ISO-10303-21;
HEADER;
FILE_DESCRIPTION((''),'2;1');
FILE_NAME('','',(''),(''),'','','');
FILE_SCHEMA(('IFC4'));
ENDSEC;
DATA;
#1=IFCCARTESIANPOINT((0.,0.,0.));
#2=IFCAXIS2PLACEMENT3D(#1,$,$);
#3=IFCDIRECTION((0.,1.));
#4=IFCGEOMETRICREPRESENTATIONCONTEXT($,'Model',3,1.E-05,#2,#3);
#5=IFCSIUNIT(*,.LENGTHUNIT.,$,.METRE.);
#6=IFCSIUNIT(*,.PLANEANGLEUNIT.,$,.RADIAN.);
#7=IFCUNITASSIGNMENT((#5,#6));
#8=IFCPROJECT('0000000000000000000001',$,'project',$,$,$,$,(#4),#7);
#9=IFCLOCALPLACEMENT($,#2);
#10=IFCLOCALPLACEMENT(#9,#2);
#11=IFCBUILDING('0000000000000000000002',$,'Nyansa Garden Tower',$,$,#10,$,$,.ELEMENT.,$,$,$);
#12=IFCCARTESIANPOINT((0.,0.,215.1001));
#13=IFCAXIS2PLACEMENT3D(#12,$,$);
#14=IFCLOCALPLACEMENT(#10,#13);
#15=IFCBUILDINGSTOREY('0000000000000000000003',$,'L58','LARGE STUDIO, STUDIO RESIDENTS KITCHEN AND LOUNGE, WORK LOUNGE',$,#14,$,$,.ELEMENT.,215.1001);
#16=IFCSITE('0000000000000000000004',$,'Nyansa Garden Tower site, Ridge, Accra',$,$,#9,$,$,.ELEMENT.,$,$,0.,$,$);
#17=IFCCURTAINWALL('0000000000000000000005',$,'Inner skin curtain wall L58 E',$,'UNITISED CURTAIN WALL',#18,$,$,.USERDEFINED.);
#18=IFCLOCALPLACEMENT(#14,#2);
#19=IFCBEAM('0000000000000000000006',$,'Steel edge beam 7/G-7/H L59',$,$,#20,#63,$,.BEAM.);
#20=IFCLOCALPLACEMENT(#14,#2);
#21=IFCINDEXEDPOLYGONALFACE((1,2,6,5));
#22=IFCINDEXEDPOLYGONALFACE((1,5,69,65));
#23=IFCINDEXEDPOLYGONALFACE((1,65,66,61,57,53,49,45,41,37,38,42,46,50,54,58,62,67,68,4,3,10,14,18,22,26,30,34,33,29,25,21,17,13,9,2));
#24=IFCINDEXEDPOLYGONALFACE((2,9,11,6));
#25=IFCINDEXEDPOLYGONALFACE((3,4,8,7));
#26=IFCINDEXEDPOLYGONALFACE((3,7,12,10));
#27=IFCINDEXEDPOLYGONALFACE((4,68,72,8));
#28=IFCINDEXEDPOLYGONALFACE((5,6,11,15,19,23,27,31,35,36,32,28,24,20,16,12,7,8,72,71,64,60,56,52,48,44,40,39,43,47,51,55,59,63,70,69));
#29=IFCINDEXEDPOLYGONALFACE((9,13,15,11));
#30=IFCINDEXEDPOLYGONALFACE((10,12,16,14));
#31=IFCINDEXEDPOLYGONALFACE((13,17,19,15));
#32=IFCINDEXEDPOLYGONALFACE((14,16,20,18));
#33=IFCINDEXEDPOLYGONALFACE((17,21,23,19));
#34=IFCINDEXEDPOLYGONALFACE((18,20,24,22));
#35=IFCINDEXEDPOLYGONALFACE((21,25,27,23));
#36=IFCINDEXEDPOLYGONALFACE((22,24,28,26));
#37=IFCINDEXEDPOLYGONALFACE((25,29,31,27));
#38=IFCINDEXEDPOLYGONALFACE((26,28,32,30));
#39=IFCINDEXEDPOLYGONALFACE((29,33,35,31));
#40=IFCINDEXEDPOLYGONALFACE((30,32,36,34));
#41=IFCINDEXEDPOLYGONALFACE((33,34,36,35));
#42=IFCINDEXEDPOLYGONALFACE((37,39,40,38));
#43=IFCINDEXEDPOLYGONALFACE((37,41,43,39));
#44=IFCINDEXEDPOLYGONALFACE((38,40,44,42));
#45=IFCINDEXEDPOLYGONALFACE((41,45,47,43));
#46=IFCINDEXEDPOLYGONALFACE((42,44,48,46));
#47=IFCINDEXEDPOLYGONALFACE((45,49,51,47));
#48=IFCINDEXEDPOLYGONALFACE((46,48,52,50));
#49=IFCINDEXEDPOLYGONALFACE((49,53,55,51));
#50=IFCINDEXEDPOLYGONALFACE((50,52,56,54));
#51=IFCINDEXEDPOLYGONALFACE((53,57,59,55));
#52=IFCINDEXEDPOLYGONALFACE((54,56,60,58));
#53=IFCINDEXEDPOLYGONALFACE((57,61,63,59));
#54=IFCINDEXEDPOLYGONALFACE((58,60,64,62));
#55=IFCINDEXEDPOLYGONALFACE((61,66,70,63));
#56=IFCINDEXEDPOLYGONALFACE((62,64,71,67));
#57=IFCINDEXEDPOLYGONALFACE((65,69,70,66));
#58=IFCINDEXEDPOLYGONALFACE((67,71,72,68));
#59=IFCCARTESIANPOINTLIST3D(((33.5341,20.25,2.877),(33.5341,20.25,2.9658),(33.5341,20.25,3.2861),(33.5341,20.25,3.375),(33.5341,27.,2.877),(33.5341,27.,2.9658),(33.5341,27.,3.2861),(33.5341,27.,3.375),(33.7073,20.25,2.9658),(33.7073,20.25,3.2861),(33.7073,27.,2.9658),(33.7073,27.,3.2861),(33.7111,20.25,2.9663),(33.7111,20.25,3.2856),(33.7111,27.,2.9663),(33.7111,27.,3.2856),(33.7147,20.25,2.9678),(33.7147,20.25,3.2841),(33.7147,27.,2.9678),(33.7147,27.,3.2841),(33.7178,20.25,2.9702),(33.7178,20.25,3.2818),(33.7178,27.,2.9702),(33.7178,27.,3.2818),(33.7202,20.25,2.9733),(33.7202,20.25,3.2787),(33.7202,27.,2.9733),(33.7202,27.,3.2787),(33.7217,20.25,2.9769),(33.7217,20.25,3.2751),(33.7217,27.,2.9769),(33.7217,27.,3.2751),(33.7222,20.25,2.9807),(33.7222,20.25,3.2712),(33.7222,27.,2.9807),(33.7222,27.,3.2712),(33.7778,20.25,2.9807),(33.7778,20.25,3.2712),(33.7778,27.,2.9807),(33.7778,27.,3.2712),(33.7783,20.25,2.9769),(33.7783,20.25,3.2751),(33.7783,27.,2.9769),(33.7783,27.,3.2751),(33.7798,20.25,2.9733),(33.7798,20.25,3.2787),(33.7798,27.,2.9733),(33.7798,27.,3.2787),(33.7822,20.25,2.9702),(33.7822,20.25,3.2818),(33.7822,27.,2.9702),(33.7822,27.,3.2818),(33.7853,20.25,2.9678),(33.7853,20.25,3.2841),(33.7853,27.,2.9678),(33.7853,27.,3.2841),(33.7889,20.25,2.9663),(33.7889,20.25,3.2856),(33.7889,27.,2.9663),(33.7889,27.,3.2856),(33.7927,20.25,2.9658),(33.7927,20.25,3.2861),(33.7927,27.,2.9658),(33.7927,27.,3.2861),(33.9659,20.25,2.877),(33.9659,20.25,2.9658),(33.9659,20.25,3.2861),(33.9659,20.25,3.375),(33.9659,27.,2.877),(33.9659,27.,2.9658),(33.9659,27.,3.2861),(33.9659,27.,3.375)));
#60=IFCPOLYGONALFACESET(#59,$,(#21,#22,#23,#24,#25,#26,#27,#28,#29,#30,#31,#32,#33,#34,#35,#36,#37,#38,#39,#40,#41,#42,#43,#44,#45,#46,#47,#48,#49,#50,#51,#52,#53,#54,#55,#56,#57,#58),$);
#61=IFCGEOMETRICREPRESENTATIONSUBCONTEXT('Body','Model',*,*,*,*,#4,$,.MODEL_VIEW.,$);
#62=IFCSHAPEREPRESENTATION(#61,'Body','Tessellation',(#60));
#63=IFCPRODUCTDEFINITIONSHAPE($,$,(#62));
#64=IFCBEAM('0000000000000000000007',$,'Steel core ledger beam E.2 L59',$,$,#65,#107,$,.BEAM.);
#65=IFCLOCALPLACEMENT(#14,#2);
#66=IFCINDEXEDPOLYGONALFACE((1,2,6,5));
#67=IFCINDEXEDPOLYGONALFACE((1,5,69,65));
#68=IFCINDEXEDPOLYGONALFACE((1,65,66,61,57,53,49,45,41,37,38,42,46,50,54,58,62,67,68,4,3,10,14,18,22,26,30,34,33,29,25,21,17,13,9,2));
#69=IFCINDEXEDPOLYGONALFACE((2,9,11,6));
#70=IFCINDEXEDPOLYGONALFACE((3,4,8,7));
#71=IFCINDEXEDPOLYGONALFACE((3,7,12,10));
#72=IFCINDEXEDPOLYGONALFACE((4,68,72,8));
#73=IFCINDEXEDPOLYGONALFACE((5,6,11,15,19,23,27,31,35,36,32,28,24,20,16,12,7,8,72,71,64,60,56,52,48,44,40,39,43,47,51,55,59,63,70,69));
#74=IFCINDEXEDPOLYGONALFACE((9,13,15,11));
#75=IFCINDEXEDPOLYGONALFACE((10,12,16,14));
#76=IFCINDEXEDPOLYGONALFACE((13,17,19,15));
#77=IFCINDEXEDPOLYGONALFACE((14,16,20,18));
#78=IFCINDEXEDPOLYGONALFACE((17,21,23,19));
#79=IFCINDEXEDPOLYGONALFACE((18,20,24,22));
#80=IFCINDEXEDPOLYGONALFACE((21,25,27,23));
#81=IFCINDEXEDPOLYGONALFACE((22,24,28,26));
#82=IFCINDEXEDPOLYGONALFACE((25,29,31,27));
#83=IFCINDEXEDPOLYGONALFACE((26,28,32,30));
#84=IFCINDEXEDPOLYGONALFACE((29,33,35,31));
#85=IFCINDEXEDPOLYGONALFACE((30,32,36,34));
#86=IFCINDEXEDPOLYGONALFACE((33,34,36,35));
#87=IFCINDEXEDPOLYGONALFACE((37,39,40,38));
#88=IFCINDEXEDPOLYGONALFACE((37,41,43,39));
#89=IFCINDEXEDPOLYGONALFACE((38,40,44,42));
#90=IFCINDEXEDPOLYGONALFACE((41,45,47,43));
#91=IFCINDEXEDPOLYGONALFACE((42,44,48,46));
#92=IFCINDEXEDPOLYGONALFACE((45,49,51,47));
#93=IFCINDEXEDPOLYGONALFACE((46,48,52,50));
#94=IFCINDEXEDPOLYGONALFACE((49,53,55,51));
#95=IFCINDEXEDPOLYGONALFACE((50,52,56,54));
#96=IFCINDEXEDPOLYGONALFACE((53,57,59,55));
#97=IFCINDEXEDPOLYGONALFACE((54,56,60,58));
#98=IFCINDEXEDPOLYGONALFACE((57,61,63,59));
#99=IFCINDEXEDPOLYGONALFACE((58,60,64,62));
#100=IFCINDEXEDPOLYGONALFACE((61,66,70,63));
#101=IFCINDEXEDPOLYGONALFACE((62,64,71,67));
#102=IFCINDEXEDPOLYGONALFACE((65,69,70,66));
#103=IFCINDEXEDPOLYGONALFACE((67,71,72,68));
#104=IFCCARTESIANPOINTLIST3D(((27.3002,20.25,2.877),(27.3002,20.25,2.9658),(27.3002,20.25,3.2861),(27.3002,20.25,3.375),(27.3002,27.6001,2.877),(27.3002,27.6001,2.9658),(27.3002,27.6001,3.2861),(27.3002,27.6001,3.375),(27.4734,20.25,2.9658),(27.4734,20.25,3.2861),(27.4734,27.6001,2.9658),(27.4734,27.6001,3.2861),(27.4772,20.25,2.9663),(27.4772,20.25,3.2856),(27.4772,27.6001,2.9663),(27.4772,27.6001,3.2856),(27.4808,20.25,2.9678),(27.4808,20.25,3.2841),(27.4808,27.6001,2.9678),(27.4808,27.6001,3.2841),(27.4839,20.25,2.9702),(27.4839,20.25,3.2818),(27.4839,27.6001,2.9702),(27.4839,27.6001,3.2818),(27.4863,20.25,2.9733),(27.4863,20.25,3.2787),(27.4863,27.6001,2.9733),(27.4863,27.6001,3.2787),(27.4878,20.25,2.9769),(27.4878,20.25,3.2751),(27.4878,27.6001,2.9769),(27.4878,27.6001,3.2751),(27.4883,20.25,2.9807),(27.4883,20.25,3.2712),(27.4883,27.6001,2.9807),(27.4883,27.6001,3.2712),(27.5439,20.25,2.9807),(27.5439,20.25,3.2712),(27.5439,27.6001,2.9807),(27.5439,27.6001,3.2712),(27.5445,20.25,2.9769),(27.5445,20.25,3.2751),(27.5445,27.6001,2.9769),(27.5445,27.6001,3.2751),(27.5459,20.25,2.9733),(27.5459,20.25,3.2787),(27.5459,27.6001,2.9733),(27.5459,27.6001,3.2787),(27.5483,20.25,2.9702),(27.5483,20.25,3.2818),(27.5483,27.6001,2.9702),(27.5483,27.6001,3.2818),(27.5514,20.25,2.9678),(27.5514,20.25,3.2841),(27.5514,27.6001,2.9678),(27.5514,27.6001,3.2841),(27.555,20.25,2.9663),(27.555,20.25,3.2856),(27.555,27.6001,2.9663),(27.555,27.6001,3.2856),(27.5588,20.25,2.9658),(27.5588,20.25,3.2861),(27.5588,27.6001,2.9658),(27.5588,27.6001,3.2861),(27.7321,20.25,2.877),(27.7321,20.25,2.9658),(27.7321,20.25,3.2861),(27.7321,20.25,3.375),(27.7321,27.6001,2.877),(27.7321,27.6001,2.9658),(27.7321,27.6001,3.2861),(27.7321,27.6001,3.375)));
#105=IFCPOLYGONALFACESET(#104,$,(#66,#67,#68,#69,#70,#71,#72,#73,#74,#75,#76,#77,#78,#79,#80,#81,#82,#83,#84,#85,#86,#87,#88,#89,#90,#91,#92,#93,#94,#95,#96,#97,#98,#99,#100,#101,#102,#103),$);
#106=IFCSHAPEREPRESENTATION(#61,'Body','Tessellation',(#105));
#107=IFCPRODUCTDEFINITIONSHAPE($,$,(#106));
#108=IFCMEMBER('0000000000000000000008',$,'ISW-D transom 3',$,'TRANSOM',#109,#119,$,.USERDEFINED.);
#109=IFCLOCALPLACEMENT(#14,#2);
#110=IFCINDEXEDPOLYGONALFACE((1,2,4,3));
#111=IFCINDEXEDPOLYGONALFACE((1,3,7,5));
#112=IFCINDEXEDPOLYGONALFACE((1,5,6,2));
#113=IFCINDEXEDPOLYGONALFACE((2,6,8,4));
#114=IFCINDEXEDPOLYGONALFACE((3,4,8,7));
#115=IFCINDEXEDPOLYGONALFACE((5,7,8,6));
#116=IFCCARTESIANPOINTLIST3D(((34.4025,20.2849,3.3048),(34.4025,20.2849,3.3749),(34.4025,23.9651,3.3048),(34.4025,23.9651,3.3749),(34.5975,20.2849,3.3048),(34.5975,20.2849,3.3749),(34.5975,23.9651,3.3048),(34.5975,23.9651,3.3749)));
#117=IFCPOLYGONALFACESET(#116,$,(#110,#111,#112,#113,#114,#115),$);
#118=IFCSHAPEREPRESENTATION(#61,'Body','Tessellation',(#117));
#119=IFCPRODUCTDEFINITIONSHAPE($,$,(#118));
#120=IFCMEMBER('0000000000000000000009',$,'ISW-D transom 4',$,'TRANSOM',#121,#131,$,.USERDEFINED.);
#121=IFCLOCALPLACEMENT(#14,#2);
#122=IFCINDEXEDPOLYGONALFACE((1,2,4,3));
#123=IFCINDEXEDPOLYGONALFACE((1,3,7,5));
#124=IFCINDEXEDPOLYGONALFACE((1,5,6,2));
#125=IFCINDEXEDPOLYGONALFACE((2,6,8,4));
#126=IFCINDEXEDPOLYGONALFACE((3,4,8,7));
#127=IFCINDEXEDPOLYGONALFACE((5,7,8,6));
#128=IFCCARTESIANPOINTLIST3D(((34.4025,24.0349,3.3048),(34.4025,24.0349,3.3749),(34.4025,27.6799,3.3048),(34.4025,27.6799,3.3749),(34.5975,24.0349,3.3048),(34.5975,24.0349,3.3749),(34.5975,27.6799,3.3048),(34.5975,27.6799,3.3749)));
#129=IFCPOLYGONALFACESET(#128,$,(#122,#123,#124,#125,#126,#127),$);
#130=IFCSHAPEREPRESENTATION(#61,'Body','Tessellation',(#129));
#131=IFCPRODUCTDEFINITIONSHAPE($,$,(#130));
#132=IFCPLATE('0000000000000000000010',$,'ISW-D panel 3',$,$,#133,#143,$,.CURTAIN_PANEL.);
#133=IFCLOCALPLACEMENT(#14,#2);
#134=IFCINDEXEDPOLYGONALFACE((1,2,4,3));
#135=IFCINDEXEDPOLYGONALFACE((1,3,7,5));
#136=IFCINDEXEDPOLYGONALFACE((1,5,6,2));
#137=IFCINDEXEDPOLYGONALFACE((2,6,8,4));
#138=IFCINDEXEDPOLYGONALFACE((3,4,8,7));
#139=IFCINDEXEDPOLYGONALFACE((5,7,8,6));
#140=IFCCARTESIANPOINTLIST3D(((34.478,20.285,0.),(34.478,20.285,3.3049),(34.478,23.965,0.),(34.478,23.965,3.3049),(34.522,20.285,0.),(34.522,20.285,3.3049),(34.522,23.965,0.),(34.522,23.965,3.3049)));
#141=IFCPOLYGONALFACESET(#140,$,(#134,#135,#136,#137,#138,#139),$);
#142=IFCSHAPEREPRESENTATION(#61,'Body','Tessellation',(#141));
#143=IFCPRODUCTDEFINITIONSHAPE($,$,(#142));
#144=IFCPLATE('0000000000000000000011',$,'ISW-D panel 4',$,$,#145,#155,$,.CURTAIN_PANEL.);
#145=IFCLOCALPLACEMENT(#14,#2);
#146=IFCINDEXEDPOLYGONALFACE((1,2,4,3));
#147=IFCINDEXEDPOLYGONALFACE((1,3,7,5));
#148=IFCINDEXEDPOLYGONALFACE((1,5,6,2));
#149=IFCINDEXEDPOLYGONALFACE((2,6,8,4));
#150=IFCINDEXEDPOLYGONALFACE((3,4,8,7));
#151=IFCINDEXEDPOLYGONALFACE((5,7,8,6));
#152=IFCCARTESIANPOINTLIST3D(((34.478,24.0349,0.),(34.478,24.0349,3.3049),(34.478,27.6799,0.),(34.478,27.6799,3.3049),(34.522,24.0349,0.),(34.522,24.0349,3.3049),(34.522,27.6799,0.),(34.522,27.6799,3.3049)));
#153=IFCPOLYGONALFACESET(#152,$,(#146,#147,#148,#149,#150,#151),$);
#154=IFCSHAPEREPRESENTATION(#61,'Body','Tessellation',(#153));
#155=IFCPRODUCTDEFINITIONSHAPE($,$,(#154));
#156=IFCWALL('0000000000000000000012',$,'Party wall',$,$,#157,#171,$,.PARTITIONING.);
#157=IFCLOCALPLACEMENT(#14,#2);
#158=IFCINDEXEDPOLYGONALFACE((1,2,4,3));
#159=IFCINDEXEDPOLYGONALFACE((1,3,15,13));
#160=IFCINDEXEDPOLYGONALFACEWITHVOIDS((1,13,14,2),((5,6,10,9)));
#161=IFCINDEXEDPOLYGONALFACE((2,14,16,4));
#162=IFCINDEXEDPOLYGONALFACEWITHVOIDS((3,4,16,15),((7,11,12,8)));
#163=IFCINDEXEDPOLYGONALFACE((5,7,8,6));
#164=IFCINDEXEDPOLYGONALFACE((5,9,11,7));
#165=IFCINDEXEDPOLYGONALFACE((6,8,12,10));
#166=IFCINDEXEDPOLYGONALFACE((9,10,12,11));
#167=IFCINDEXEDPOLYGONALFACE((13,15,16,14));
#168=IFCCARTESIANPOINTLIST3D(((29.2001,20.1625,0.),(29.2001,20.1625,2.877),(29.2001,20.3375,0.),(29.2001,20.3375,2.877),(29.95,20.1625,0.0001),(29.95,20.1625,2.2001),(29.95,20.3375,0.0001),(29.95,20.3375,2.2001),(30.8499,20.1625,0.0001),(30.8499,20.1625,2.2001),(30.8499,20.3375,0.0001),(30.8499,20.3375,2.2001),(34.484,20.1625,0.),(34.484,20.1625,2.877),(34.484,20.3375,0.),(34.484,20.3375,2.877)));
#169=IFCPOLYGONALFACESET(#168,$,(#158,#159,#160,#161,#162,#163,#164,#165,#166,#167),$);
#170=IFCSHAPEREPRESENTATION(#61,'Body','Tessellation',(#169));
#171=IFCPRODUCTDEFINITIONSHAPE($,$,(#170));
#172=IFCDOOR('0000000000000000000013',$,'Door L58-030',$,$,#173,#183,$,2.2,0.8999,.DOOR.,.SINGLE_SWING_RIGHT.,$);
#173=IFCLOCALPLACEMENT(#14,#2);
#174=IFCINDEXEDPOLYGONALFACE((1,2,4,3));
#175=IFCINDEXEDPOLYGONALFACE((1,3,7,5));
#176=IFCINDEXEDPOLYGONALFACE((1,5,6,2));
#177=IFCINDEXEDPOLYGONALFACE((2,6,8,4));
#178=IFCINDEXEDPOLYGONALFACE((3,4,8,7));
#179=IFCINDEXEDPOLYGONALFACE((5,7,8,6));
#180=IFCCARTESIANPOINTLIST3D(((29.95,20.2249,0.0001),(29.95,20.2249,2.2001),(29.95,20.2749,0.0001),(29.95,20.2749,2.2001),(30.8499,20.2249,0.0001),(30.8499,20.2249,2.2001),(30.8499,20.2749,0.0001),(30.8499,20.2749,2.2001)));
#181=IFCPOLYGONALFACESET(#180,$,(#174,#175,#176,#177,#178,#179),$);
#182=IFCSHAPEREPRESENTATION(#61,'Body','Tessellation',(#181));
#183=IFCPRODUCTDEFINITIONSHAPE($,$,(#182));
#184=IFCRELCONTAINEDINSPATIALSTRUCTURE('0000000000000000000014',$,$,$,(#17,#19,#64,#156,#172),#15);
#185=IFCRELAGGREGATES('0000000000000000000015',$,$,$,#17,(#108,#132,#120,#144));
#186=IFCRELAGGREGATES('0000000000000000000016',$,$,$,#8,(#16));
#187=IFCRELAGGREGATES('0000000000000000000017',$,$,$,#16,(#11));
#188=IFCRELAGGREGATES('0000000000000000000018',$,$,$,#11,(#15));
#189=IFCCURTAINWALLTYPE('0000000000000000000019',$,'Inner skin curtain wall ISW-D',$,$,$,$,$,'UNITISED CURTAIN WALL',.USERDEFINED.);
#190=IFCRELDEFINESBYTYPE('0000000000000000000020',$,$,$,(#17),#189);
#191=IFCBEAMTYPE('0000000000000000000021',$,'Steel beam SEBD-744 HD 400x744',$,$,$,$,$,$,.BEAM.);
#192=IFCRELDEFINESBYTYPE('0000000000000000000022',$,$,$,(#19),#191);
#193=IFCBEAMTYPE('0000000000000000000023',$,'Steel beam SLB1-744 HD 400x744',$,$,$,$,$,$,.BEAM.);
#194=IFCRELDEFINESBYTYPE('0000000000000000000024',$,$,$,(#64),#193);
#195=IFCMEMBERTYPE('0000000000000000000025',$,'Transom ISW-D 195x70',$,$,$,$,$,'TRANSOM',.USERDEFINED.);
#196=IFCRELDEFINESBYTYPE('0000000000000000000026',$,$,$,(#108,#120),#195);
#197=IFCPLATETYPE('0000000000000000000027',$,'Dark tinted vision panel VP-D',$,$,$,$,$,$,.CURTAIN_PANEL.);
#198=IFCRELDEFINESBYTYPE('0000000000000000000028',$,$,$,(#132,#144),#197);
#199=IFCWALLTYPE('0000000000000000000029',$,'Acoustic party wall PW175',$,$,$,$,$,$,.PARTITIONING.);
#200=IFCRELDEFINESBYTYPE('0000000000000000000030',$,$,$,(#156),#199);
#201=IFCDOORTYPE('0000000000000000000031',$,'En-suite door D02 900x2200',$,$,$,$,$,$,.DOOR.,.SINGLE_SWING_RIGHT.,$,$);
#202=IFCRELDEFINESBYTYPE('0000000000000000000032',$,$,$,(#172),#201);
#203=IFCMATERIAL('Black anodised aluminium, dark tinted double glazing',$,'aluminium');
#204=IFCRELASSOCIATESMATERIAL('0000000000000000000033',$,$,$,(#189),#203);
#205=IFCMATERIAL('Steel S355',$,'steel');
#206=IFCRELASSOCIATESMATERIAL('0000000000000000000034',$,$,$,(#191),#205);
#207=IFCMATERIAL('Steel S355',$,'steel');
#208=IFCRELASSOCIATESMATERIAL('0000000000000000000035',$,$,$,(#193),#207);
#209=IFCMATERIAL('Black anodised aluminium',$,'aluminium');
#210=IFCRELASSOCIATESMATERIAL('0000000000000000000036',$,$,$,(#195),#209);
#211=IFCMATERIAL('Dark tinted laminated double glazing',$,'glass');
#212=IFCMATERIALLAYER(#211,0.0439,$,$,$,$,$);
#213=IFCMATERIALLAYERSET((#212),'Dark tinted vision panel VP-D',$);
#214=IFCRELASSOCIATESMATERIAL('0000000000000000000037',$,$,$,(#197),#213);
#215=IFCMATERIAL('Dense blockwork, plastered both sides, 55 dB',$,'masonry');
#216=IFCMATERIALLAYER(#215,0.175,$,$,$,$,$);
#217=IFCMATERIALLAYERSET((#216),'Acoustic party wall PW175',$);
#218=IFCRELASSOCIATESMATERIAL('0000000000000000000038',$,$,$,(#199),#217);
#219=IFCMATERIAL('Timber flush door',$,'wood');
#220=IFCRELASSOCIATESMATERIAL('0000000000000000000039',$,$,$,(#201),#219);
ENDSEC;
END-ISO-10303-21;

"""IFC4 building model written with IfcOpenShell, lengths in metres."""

from ifc_helpers import new_model, si_unit, direction, frame, frame_2d, origin, origin_2d, place, context, subcontext, project, spatial, rectangle, i_section, extrude, material, layer, layer_set, material_profile, profile_set, type_object, element, fill, aggregate, save


model = new_model("IFC4")

# Units and contexts
model_context = context("Model", 3, precision=1e-05, world=origin(), true_north=direction((0.0, 1.0)))
body_context = subcontext(model_context, "Body", "Model", "MODEL_VIEW")
ifc_project = project(units=[si_unit("LENGTHUNIT", "METRE"), si_unit("PLANEANGLEUNIT", "RADIAN")], contexts=[model_context])

# Site, building, storey
site_placement = place(None, origin())
site = spatial("IfcSite", under=ifc_project, at=site_placement, Name="Nyansa Garden Tower site, Ridge, Accra", CompositionType="ELEMENT", RefElevation=0.0)
building_placement = place(site_placement, origin())
building = spatial("IfcBuilding", under=site, at=building_placement, Name="Nyansa Garden Tower", CompositionType="ELEMENT")
storey_placement = place(building_placement, frame((0.0, 0.0, 215.1001)))
storey = spatial("IfcBuildingStorey", under=building, at=storey_placement, Name="L58", Description="LARGE STUDIO, STUDIO RESIDENTS KITCHEN AND LOUNGE, WORK LOUNGE", CompositionType="ELEMENT", Elevation=215.1001)

# Curtain wall
ifc_material_1 = material(Name="Black anodised aluminium, dark tinted double glazing", Category="aluminium")
curtain_wall_type = type_object("IfcCurtainWallType", Name="Inner skin curtain wall ISW-D", ElementType="UNITISED CURTAIN WALL", PredefinedType="USERDEFINED", material=ifc_material_1)
curtain_wall_placement = place(storey_placement, origin())
curtain_wall = element("IfcCurtainWall", 1, at=curtain_wall_placement, inside=storey, type_object=curtain_wall_type, Name="Inner skin curtain wall L58 E", ObjectType="UNITISED CURTAIN WALL", PredefinedType="USERDEFINED")

# Beams
ifc_material_2 = material(Name="Steel S355", Category="steel")
ifc_material_profile_1 = material_profile(ifc_material_2, i_section(OverallWidth=0.4319, OverallDepth=0.498, WebThickness=0.0557, FlangeThickness=0.0889, FilletRadius=0.0149, at=origin_2d()), Name="HD 400x744")
ifc_profile_set_1 = profile_set([ifc_material_profile_1], Name="Steel S355")
beam_type_1 = type_object("IfcBeamType", Name="Steel beam SEBD-744 HD 400x744", PredefinedType="BEAM", material=ifc_profile_set_1)
beam_1_placement = place(storey_placement, frame((33.75, 20.25, 3.126), z_axis=(0.0, 1.0, 0.0), x_axis=(-1.0, 0.0, 0.0)))
element("IfcBeam", 2, at=beam_1_placement, inside=storey, type_object=beam_type_1, Name="Steel edge beam 7/G-7/H L59", PredefinedType="BEAM", context=body_context, shape_type="SweptSolid", body=[
    extrude(i_section(OverallWidth=0.4319, OverallDepth=0.498, WebThickness=0.0557, FlangeThickness=0.0889, FilletRadius=0.0149, at=origin_2d()), origin(), (0.0, 0.0, 1.0), 6.75),
])
ifc_material_3 = material(Name="Steel S355", Category="steel")
ifc_material_profile_2 = material_profile(ifc_material_3, i_section(OverallWidth=0.4319, OverallDepth=0.498, WebThickness=0.0557, FlangeThickness=0.0889, FilletRadius=0.0149, at=origin_2d()), Name="HD 400x744")
ifc_profile_set_2 = profile_set([ifc_material_profile_2], Name="Steel S355")
beam_type_2 = type_object("IfcBeamType", Name="Steel beam SLB1-744 HD 400x744", PredefinedType="BEAM", material=ifc_profile_set_2)
beam_2_placement = place(storey_placement, frame((27.5161, 20.25, 3.126), z_axis=(0.0, 1.0, 0.0), x_axis=(-1.0, 0.0, 0.0)))
element("IfcBeam", 3, at=beam_2_placement, inside=storey, type_object=beam_type_2, Name="Steel core ledger beam E.2 L59", PredefinedType="BEAM", context=body_context, shape_type="SweptSolid", body=[
    extrude(i_section(OverallWidth=0.4319, OverallDepth=0.498, WebThickness=0.0557, FlangeThickness=0.0889, FilletRadius=0.0149, at=origin_2d()), origin(), (0.0, 0.0, 1.0), 7.3501),
])

# Members
ifc_material_4 = material(Name="Black anodised aluminium", Category="aluminium")
ifc_material_profile_3 = material_profile(ifc_material_4, rectangle(XDim=0.1951, YDim=0.0701, at=origin_2d()), Name="Transom 195x70")
ifc_profile_set_3 = profile_set([ifc_material_profile_3], Name="Black anodised aluminium")
member_type_1 = type_object("IfcMemberType", Name="Transom ISW-D 195x70", ElementType="TRANSOM", PredefinedType="USERDEFINED", material=ifc_profile_set_3)
member_1_placement = place(storey_placement, frame((34.5, 20.2849, 3.3398), z_axis=(0.0, 1.0, 0.0), x_axis=(-1.0, 0.0, 0.0)))
member_1 = element("IfcMember", 4, at=member_1_placement, type_object=member_type_1, Name="ISW-D transom 3", ObjectType="TRANSOM", PredefinedType="USERDEFINED", context=body_context, shape_type="SweptSolid", body=[
    extrude(rectangle(XDim=0.1951, YDim=0.0701, at=origin_2d()), origin(), (0.0, 0.0, 1.0), 3.6802),
])
member_2_placement = place(storey_placement, frame((34.5, 24.0349, 3.3398), z_axis=(0.0, 1.0, 0.0), x_axis=(-1.0, 0.0, 0.0)))
member_2 = element("IfcMember", 5, at=member_2_placement, type_object=member_type_1, Name="ISW-D transom 4", ObjectType="TRANSOM", PredefinedType="USERDEFINED", context=body_context, shape_type="SweptSolid", body=[
    extrude(rectangle(XDim=0.1951, YDim=0.0701, at=origin_2d()), origin(), (0.0, 0.0, 1.0), 3.645),
])

# Plates
ifc_material_5 = material(Name="Dark tinted laminated double glazing", Category="glass")
ifc_layer_1 = layer(ifc_material_5, 0.0439)
ifc_layer_set_1 = layer_set([ifc_layer_1], Name="Dark tinted vision panel VP-D")
plate_type = type_object("IfcPlateType", Name="Dark tinted vision panel VP-D", PredefinedType="CURTAIN_PANEL", material=ifc_layer_set_1)
plate_1_placement = place(storey_placement, frame((34.5, 22.125, 0.0), z_axis=(0.0, 0.0, 1.0), x_axis=(0.0, 1.0, 0.0)))
plate_1 = element("IfcPlate", 6, at=plate_1_placement, type_object=plate_type, Name="ISW-D panel 3", PredefinedType="CURTAIN_PANEL", context=body_context, shape_type="SweptSolid", body=[
    extrude(rectangle(XDim=3.6799, YDim=0.0439, at=origin_2d()), origin(), (0.0, 0.0, 1.0), 3.3049),
])
plate_2_placement = place(storey_placement, frame((34.5, 25.8574, 0.0), z_axis=(0.0, 0.0, 1.0), x_axis=(0.0, 1.0, 0.0)))
plate_2 = element("IfcPlate", 7, at=plate_2_placement, type_object=plate_type, Name="ISW-D panel 4", PredefinedType="CURTAIN_PANEL", context=body_context, shape_type="SweptSolid", body=[
    extrude(rectangle(XDim=3.645, YDim=0.0439, at=origin_2d()), origin(), (0.0, 0.0, 1.0), 3.3049),
])
aggregate(curtain_wall, [member_1, plate_1, member_2, plate_2])

# Wall, opening, door
ifc_material_6 = material(Name="Dense blockwork, plastered both sides, 55 dB", Category="masonry")
ifc_layer_2 = layer(ifc_material_6, 0.175)
ifc_layer_set_2 = layer_set([ifc_layer_2], Name="Acoustic party wall PW175")
wall_type_1 = type_object("IfcWallType", Name="Acoustic party wall PW175", PredefinedType="PARTITIONING", material=ifc_layer_set_2)
wall_1_placement = place(storey_placement, frame((29.2, 20.25, 0.0), z_axis=(0.0, 0.0, 1.0), x_axis=(1.0, 0.0, 0.0)))
wall_1 = element("IfcWall", 8, at=wall_1_placement, inside=storey, type_object=wall_type_1, Name="Party wall", PredefinedType="PARTITIONING", context=body_context, shape_type="SweptSolid", body=[
    extrude(rectangle(XDim=5.2839, YDim=0.175, at=frame_2d((2.6421, 0.0))), origin(), (0.0, 0.0, 1.0), 2.877),
])
opening_1_placement = place(wall_1_placement, frame((0.75, 0.0, 0.0)))
opening_1 = element("IfcOpeningElement", 9, at=opening_1_placement, cuts=wall_1, PredefinedType="OPENING", context=body_context, shape_type="SweptSolid", body=[
    extrude(rectangle(XDim=0.8999, YDim=2.2, at=frame_2d((0.45, 1.1001))), frame((0.0, 0.0974, 0.0), z_axis=(0.0, -1.0, 0.0), x_axis=(1.0, 0.0, 0.0)), (0.0, 0.0, 1.0), 0.1951),
])
ifc_material_7 = material(Name="Timber flush door", Category="wood")
door_type_1 = type_object("IfcDoorType", Name="En-suite door D02 900x2200", OperationType="SINGLE_SWING_RIGHT", PredefinedType="DOOR", material=ifc_material_7)
door_1_placement = place(opening_1_placement, origin())
door_1 = element("IfcDoor", 10, at=door_1_placement, inside=storey, type_object=door_type_1, Name="Door L58-030", OperationType="SINGLE_SWING_RIGHT", OverallHeight=2.2, OverallWidth=0.8999, PredefinedType="DOOR", context=body_context, shape_type="SweptSolid", body=[
    extrude(rectangle(XDim=0.8999, YDim=2.2, at=frame_2d((0.45, 1.1001))), frame((0.0, 0.0249, 0.0), z_axis=(0.0, -1.0, 0.0), x_axis=(1.0, 0.0, 0.0)), (0.0, 0.0, 1.0), 0.05),
])
fill(opening_1, door_1)

save(model, "model.ifc")
